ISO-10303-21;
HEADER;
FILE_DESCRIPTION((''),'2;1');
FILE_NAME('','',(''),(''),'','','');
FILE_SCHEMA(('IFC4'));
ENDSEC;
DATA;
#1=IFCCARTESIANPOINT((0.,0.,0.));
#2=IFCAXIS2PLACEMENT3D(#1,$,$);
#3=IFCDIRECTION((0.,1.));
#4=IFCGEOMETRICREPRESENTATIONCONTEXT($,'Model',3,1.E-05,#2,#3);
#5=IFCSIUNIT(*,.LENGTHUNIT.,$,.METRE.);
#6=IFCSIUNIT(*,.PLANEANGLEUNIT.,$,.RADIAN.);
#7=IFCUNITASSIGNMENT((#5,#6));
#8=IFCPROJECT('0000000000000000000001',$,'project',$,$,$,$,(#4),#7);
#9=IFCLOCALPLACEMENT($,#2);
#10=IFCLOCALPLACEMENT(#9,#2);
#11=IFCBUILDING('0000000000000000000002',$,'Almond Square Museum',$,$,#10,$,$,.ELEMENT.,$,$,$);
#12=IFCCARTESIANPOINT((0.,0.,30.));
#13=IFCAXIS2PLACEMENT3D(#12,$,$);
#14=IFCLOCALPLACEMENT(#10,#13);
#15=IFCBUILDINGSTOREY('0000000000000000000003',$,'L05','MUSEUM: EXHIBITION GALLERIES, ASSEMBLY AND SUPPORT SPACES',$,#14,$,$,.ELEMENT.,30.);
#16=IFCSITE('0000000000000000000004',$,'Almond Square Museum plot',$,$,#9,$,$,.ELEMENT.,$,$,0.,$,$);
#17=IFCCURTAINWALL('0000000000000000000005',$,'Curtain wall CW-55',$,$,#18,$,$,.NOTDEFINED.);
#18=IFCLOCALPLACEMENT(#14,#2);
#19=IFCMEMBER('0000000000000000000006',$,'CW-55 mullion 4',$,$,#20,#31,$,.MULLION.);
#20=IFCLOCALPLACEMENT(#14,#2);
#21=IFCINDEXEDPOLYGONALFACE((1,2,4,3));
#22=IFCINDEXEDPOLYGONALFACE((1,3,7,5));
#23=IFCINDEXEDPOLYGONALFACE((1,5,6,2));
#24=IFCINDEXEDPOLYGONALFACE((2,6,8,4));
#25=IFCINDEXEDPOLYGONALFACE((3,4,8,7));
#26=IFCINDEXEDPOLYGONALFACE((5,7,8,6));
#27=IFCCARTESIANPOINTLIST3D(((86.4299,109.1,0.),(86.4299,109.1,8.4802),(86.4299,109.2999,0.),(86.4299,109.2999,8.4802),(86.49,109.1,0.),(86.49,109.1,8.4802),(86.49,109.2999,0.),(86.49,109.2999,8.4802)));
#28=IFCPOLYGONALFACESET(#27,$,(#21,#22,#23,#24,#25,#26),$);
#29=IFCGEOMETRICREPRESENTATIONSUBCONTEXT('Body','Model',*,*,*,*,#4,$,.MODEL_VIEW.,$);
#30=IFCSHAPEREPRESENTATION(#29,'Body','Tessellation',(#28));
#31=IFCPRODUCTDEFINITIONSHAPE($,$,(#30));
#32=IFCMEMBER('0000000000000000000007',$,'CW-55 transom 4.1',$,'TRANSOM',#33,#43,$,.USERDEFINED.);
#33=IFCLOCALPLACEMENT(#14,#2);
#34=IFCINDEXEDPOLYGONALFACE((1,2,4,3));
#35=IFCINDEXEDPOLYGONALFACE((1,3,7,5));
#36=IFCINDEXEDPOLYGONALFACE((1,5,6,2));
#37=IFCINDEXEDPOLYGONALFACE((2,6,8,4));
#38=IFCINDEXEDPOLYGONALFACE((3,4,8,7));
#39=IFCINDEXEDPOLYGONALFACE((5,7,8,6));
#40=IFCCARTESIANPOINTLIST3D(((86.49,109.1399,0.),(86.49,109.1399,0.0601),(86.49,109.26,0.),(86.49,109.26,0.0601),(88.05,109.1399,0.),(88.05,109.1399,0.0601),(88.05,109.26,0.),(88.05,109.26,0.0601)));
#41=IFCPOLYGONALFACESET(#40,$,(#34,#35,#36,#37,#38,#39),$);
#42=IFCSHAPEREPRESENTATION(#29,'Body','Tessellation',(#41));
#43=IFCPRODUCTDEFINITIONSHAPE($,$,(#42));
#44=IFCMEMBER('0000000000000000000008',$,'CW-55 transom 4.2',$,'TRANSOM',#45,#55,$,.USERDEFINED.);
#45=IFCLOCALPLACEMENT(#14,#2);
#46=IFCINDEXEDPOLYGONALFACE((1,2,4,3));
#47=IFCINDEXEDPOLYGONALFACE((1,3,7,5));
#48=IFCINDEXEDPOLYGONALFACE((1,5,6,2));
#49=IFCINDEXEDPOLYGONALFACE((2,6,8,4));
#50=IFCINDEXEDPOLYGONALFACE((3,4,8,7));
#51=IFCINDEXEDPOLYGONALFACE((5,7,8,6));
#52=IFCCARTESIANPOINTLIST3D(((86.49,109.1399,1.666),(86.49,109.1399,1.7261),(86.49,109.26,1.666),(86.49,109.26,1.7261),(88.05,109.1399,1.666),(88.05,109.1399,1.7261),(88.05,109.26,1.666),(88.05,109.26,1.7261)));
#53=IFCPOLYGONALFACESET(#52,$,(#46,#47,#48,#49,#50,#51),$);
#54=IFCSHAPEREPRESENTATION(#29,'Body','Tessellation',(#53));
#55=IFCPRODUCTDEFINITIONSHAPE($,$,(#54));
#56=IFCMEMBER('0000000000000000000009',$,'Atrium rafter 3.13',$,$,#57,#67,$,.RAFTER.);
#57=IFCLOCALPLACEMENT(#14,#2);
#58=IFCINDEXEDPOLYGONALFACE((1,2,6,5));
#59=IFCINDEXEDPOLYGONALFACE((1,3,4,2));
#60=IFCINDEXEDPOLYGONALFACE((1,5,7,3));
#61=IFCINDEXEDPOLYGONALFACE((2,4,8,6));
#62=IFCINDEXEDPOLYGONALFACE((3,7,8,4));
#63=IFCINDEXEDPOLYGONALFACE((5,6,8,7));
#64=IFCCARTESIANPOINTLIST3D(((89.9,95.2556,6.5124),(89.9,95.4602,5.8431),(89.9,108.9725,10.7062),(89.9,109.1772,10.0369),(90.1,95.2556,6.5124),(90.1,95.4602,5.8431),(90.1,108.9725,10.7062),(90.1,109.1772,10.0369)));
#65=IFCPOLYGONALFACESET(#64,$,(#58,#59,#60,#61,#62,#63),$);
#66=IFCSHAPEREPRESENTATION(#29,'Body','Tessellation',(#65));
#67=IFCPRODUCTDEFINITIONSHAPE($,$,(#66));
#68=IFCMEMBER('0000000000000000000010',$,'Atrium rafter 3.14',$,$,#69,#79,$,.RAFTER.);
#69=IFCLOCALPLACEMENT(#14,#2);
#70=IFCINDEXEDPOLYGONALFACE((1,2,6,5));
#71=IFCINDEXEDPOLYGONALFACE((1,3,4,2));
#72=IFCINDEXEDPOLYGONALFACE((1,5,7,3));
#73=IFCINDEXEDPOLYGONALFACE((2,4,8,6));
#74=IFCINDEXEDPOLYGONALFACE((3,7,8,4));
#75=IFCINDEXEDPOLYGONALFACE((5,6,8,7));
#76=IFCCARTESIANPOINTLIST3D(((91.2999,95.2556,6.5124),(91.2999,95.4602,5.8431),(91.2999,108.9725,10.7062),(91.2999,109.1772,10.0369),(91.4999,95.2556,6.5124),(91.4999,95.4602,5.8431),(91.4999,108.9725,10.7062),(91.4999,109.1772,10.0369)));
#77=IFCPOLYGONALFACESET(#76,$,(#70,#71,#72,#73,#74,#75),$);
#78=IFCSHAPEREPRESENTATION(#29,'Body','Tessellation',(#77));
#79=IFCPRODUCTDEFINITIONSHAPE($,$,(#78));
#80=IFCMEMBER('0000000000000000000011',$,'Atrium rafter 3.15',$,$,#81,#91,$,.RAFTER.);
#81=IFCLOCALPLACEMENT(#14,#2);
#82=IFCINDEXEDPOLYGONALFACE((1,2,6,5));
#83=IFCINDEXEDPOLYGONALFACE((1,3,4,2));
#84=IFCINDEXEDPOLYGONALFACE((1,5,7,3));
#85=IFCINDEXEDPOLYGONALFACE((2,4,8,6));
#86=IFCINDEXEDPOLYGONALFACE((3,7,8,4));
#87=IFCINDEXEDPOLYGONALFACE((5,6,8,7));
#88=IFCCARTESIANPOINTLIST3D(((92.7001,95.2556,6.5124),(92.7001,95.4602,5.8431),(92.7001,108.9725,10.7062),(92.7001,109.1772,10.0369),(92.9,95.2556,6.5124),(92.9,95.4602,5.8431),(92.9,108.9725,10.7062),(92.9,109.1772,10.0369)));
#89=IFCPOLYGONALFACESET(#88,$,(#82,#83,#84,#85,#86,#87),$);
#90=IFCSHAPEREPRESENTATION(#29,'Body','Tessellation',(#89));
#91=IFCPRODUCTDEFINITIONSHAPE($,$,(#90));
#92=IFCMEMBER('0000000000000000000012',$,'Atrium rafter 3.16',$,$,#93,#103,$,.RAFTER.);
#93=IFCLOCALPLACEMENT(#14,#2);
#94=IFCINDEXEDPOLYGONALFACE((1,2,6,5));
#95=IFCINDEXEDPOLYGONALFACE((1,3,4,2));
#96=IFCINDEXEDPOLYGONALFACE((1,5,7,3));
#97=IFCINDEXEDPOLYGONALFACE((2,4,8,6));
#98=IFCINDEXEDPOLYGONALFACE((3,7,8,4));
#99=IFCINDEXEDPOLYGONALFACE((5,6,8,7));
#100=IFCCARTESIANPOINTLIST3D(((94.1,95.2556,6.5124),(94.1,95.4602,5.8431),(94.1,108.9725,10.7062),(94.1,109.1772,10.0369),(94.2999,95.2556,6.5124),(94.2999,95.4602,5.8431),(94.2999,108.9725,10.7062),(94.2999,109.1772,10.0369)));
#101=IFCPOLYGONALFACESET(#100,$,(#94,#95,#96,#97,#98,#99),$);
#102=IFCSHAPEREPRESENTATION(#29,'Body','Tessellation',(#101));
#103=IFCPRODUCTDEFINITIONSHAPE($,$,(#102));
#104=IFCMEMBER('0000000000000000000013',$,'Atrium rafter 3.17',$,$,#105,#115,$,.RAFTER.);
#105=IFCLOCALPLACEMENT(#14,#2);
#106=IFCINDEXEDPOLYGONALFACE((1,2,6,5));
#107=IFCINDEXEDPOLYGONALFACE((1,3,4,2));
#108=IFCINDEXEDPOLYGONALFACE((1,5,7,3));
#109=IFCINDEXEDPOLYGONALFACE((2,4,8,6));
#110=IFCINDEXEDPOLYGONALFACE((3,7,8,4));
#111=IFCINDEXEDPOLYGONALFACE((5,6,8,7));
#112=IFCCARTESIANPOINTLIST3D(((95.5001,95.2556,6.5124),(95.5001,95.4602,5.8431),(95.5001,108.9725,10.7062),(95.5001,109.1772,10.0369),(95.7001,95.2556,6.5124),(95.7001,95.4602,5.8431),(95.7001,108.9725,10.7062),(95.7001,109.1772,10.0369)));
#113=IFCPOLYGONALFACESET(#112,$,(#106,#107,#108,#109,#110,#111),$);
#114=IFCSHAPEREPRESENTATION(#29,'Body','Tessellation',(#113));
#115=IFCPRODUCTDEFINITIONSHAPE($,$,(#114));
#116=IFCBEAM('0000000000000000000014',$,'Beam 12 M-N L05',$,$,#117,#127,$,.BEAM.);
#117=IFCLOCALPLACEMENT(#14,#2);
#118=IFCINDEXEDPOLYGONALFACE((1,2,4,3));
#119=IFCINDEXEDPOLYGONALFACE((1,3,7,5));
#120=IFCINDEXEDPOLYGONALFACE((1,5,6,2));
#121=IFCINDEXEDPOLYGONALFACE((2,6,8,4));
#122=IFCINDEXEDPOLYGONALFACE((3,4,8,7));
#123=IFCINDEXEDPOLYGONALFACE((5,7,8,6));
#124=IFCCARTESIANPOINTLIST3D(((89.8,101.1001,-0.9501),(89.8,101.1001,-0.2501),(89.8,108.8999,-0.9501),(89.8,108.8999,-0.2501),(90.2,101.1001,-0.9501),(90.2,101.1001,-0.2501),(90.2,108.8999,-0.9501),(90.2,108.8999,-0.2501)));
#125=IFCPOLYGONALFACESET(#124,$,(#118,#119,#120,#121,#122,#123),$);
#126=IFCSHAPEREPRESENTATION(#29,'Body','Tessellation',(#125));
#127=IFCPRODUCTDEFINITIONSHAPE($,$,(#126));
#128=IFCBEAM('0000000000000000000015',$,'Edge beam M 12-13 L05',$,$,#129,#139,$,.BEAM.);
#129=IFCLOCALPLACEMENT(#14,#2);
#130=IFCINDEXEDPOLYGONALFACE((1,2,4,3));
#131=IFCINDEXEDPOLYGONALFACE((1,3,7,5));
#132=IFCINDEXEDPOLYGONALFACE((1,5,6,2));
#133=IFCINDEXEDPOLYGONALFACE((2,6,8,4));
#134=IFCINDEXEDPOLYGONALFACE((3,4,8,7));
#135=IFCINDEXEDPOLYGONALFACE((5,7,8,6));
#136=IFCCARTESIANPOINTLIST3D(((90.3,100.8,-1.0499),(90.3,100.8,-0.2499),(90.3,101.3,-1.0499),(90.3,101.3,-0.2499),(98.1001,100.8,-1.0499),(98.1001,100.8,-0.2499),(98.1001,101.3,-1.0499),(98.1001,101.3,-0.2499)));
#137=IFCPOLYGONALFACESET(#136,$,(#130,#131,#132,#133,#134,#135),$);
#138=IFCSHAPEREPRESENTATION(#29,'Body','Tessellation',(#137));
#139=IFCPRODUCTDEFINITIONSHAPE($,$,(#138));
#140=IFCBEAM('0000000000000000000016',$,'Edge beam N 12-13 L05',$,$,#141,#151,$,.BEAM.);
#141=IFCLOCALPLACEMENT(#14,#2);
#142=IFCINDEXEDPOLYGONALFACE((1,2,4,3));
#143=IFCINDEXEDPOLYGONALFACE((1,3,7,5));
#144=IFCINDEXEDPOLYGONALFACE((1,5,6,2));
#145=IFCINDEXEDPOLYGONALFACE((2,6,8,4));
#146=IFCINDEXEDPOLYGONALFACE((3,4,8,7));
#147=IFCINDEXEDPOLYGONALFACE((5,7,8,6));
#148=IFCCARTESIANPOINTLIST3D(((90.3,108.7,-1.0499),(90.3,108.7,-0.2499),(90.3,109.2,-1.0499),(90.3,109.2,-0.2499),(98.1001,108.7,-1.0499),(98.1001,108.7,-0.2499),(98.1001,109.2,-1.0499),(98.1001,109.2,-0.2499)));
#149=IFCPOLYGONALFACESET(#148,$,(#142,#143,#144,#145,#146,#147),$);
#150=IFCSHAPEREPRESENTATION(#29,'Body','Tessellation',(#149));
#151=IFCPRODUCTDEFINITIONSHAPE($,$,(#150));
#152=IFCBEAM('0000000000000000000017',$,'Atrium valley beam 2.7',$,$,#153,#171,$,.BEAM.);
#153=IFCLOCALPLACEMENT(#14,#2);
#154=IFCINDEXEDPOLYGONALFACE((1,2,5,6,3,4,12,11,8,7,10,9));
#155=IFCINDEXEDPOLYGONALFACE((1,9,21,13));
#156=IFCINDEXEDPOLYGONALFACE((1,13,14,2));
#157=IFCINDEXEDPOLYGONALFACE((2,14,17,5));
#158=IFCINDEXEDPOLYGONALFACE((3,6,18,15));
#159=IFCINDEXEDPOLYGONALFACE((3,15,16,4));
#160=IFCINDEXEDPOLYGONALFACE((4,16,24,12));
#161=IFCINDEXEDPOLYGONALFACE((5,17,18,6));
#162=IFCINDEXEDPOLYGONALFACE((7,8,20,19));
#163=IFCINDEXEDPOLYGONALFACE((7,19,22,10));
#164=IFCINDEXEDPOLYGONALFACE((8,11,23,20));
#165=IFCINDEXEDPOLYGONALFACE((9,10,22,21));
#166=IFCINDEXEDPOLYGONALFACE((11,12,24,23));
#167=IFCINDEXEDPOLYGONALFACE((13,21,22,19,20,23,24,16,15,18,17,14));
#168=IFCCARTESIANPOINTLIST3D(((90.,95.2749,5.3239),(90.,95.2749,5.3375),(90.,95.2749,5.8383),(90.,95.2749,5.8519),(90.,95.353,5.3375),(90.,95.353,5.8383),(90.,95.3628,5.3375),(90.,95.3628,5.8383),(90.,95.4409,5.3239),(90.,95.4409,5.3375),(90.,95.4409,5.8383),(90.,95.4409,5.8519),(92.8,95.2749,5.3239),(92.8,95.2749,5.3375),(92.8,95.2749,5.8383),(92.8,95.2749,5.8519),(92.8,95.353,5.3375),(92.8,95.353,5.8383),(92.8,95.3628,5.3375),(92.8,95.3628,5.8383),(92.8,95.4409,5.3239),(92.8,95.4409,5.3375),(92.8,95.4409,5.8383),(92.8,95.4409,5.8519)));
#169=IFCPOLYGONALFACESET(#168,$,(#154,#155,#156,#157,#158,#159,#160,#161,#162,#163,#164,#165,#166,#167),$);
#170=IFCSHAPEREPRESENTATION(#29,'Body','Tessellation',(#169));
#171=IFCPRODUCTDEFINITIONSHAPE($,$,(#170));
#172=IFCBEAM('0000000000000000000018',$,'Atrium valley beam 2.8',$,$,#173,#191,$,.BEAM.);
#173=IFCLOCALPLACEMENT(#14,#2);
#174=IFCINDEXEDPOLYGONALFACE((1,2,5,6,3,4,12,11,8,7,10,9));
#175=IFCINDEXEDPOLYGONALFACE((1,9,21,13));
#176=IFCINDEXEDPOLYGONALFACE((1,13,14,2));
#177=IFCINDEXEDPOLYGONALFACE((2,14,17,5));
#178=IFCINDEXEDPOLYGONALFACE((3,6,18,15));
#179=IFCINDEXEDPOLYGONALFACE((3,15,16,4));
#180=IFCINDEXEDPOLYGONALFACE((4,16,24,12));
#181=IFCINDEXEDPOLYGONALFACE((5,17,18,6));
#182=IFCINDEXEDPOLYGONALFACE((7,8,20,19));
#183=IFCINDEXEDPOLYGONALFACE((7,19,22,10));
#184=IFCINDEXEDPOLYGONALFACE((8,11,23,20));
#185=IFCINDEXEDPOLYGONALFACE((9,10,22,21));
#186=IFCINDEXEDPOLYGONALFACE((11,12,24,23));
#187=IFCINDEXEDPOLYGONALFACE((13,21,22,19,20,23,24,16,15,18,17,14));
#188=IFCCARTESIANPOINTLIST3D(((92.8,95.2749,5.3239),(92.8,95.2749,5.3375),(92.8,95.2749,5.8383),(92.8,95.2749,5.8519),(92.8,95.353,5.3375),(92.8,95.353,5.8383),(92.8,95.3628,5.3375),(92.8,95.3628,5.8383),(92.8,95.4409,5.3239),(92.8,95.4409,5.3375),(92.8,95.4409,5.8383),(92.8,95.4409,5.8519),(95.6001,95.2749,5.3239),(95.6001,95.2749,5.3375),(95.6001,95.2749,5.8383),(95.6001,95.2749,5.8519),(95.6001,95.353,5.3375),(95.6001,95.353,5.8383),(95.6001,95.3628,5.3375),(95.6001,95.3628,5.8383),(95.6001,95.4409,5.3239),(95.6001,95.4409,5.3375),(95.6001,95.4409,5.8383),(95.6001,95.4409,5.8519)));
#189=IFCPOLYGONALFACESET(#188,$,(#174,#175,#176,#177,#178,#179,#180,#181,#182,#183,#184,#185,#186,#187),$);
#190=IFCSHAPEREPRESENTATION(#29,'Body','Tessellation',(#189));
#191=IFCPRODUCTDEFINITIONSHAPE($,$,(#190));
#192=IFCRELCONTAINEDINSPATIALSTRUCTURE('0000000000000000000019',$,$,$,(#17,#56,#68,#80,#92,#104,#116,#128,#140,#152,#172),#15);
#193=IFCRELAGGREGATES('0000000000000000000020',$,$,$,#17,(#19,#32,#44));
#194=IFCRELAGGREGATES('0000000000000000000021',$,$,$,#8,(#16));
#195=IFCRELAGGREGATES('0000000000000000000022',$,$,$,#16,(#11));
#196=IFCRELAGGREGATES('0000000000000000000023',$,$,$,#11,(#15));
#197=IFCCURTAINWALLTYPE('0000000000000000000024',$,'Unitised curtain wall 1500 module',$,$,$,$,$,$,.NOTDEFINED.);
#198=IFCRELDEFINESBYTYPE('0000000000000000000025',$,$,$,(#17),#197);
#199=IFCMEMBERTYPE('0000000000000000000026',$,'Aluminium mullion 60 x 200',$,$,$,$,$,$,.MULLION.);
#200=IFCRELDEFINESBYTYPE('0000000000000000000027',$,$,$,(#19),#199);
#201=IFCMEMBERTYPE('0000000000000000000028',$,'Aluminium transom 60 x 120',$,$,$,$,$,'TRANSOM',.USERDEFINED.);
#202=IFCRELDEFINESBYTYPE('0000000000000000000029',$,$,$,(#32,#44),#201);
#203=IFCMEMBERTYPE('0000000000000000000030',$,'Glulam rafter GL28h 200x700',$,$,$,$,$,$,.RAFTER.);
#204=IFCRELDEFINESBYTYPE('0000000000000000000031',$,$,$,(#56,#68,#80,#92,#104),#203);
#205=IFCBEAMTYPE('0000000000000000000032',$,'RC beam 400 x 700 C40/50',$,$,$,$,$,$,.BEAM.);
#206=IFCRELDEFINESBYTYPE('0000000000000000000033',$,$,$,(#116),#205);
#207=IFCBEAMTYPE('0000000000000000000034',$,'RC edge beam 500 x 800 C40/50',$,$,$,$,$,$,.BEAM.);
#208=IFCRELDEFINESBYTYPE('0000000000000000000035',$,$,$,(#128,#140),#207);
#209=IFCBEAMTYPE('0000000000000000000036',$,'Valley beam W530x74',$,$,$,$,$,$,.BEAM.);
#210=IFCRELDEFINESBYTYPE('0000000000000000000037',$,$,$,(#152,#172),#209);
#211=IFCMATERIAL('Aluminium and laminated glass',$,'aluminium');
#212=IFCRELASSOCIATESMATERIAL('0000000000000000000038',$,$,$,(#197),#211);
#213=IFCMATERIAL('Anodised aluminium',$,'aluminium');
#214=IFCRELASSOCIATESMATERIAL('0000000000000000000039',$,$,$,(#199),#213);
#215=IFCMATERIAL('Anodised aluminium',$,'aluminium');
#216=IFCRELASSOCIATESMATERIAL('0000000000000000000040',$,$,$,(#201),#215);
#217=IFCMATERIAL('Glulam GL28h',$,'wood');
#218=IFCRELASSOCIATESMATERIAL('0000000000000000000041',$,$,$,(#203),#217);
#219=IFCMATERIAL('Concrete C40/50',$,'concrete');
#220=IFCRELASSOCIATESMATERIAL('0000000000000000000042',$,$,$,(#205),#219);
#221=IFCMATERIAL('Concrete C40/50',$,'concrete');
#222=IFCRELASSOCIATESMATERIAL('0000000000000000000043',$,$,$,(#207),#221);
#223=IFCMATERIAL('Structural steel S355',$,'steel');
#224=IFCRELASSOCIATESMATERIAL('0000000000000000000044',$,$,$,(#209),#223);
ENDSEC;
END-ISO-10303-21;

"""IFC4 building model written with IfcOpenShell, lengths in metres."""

from ifc_helpers import new_model, si_unit, direction, frame, origin, origin_2d, place, context, subcontext, project, spatial, rectangle, i_section, extrude, material, material_profile, profile_set, type_object, element, aggregate, save


model = new_model("IFC4")

# Units and contexts
model_context = context("Model", 3, precision=1e-05, world=origin(), true_north=direction((0.0, 1.0)))
body_context = subcontext(model_context, "Body", "Model", "MODEL_VIEW")
ifc_project = project(units=[si_unit("LENGTHUNIT", "METRE"), si_unit("PLANEANGLEUNIT", "RADIAN")], contexts=[model_context])

# Site, building, storey
site_placement = place(None, origin())
site = spatial("IfcSite", under=ifc_project, at=site_placement, Name="Almond Square Museum plot", CompositionType="ELEMENT", RefElevation=0.0)
building_placement = place(site_placement, origin())
building = spatial("IfcBuilding", under=site, at=building_placement, Name="Almond Square Museum", CompositionType="ELEMENT")
storey_placement = place(building_placement, frame((0.0, 0.0, 30.0)))
storey = spatial("IfcBuildingStorey", under=building, at=storey_placement, Name="L05", Description="MUSEUM: EXHIBITION GALLERIES, ASSEMBLY AND SUPPORT SPACES", CompositionType="ELEMENT", Elevation=30.0)

# Curtain wall, members
ifc_material_1 = material(Name="Aluminium and laminated glass", Category="aluminium")
curtain_wall_type = type_object("IfcCurtainWallType", Name="Unitised curtain wall 1500 module", PredefinedType="NOTDEFINED", material=ifc_material_1)
curtain_wall_1_placement = place(storey_placement, origin())
curtain_wall_1 = element("IfcCurtainWall", 1, at=curtain_wall_1_placement, inside=storey, type_object=curtain_wall_type, Name="Curtain wall CW-55", PredefinedType="NOTDEFINED")
ifc_material_2 = material(Name="Anodised aluminium", Category="aluminium")
ifc_material_profile_1 = material_profile(ifc_material_2, rectangle(XDim=0.2, YDim=0.0601, at=origin_2d()))
ifc_profile_set_1 = profile_set([ifc_material_profile_1], Name="Anodised aluminium")
member_type_1 = type_object("IfcMemberType", Name="Aluminium mullion 60 x 200", PredefinedType="MULLION", material=ifc_profile_set_1)
member_1_placement = place(storey_placement, frame((86.46, 109.2, 0.0), z_axis=(0.0, 0.0, 1.0), x_axis=(0.0, 1.0, 0.0)))
member_1 = element("IfcMember", 2, at=member_1_placement, type_object=member_type_1, Name="CW-55 mullion 4", PredefinedType="MULLION", context=body_context, shape_type="SweptSolid", body=[
    extrude(rectangle(XDim=0.2, YDim=0.0601, at=origin_2d()), origin(), (0.0, 0.0, 1.0), 8.4802),
])
ifc_material_3 = material(Name="Anodised aluminium", Category="aluminium")
ifc_material_profile_2 = material_profile(ifc_material_3, rectangle(XDim=0.1201, YDim=0.0601, at=origin_2d()))
ifc_profile_set_2 = profile_set([ifc_material_profile_2], Name="Anodised aluminium")
member_type_2 = type_object("IfcMemberType", Name="Aluminium transom 60 x 120", ElementType="TRANSOM", PredefinedType="USERDEFINED", material=ifc_profile_set_2)
member_2_placement = place(storey_placement, frame((86.49, 109.2, 0.03), z_axis=(1.0, 0.0, 0.0), x_axis=(0.0, 1.0, 0.0)))
member_2 = element("IfcMember", 3, at=member_2_placement, type_object=member_type_2, Name="CW-55 transom 4.1", ObjectType="TRANSOM", PredefinedType="USERDEFINED", context=body_context, shape_type="SweptSolid", body=[
    extrude(rectangle(XDim=0.1201, YDim=0.0601, at=origin_2d()), origin(), (0.0, 0.0, 1.0), 1.5601),
])
member_3_placement = place(storey_placement, frame((86.49, 109.2, 1.696), z_axis=(1.0, 0.0, 0.0), x_axis=(0.0, 1.0, 0.0)))
member_3 = element("IfcMember", 4, at=member_3_placement, type_object=member_type_2, Name="CW-55 transom 4.2", ObjectType="TRANSOM", PredefinedType="USERDEFINED", context=body_context, shape_type="SweptSolid", body=[
    extrude(rectangle(XDim=0.1201, YDim=0.0601, at=origin_2d()), origin(), (0.0, 0.0, 1.0), 1.5601),
])

# Members
ifc_material_4 = material(Name="Glulam GL28h", Category="wood")
ifc_material_profile_3 = material_profile(ifc_material_4, rectangle(XDim=0.2, YDim=0.7, at=origin_2d()))
ifc_profile_set_3 = profile_set([ifc_material_profile_3], Name="Glulam GL28h")
member_type_3 = type_object("IfcMemberType", Name="Glulam rafter GL28h 200x700", PredefinedType="RAFTER", material=ifc_profile_set_3)
for number, where, z_axis, x_axis, name in (
    (5, (90.0, 95.3579, 6.1777), (0.0, 0.956302, 0.29238), (-1.0, 0.0, 0.0), "Atrium rafter 3.13"),
    (6, (91.3999, 95.3579, 6.1777), (0.0, 0.956302, 0.29238), (-1.0, 0.0, 0.0), "Atrium rafter 3.14"),
    (7, (92.8, 95.3579, 6.1777), (0.0, 0.956302, 0.29238), (-1.0, 0.0, 0.0), "Atrium rafter 3.15"),
    (8, (94.2, 95.3579, 6.1777), (0.0, 0.956302, 0.29238), (-1.0, 0.0, 0.0), "Atrium rafter 3.16"),
    (9, (95.6001, 95.3579, 6.1777), (0.0, 0.956302, 0.29238), (-1.0, 0.0, 0.0), "Atrium rafter 3.17"),
):
    element("IfcMember", number, at=place(storey_placement, frame(where, z_axis=z_axis, x_axis=x_axis)), inside=storey, type_object=member_type_3, Name=name, PredefinedType="RAFTER", context=body_context, shape_type="SweptSolid", body=[
        extrude(rectangle(XDim=0.2, YDim=0.7, at=origin_2d()), origin(), (0.0, 0.0, 1.0), 14.3438),
    ])

# Beams
ifc_material_5 = material(Name="Concrete C40/50", Category="concrete")
ifc_material_profile_4 = material_profile(ifc_material_5, rectangle(XDim=0.3999, YDim=0.7, at=origin_2d()))
ifc_profile_set_4 = profile_set([ifc_material_profile_4], Name="Concrete C40/50")
beam_type_1 = type_object("IfcBeamType", Name="RC beam 400 x 700 C40/50", PredefinedType="BEAM", material=ifc_profile_set_4)
beam_1_placement = place(storey_placement, frame((90.0, 101.1001, -0.6001), z_axis=(0.0, 1.0, 0.0), x_axis=(-1.0, 0.0, 0.0)))
element("IfcBeam", 10, at=beam_1_placement, inside=storey, type_object=beam_type_1, Name="Beam 12 M-N L05", PredefinedType="BEAM", context=body_context, shape_type="SweptSolid", body=[
    extrude(rectangle(XDim=0.3999, YDim=0.7, at=origin_2d()), origin(), (0.0, 0.0, 1.0), 7.7998),
])
ifc_material_6 = material(Name="Concrete C40/50", Category="concrete")
ifc_material_profile_5 = material_profile(ifc_material_6, rectangle(XDim=0.5, YDim=0.8, at=origin_2d()))
ifc_profile_set_5 = profile_set([ifc_material_profile_5], Name="Concrete C40/50")
beam_type_2 = type_object("IfcBeamType", Name="RC edge beam 500 x 800 C40/50", PredefinedType="BEAM", material=ifc_profile_set_5)
for number, where, z_axis, x_axis, name in (
    (11, (90.3, 101.05, -0.6499), (1.0, 0.0, 0.0), (0.0, 1.0, 0.0), "Edge beam M 12-13 L05"),
    (12, (90.3, 108.95, -0.6499), (1.0, 0.0, 0.0), (0.0, 1.0, 0.0), "Edge beam N 12-13 L05"),
):
    element("IfcBeam", number, at=place(storey_placement, frame(where, z_axis=z_axis, x_axis=x_axis)), inside=storey, type_object=beam_type_2, Name=name, PredefinedType="BEAM", context=body_context, shape_type="SweptSolid", body=[
        extrude(rectangle(XDim=0.5, YDim=0.8, at=origin_2d()), origin(), (0.0, 0.0, 1.0), 7.8),
    ])
ifc_material_7 = material(Name="Structural steel S355", Category="steel")
ifc_material_profile_6 = material_profile(ifc_material_7, i_section(OverallWidth=0.166, OverallDepth=0.5281, WebThickness=0.0098, FlangeThickness=0.0137, at=origin_2d()))
ifc_profile_set_6 = profile_set([ifc_material_profile_6], Name="Structural steel S355")
beam_type_3 = type_object("IfcBeamType", Name="Valley beam W530x74", PredefinedType="BEAM", material=ifc_profile_set_6)
for number, where, z_axis, x_axis, name in (
    (13, (90.0, 95.3579, 5.5879), (1.0, 0.0, 0.0), (0.0, 1.0, 0.0), "Atrium valley beam 2.7"),
    (14, (92.8, 95.3579, 5.5879), (1.0, 0.0, 0.0), (0.0, 1.0, 0.0), "Atrium valley beam 2.8"),
):
    element("IfcBeam", number, at=place(storey_placement, frame(where, z_axis=z_axis, x_axis=x_axis)), inside=storey, type_object=beam_type_3, Name=name, PredefinedType="BEAM", context=body_context, shape_type="SweptSolid", body=[
        extrude(i_section(OverallWidth=0.166, OverallDepth=0.5281, WebThickness=0.0098, FlangeThickness=0.0137, at=origin_2d()), origin(), (0.0, 0.0, 1.0), 2.8),
    ])

aggregate(curtain_wall_1, [member_1, member_2, member_3])

save(model, "model.ifc")
